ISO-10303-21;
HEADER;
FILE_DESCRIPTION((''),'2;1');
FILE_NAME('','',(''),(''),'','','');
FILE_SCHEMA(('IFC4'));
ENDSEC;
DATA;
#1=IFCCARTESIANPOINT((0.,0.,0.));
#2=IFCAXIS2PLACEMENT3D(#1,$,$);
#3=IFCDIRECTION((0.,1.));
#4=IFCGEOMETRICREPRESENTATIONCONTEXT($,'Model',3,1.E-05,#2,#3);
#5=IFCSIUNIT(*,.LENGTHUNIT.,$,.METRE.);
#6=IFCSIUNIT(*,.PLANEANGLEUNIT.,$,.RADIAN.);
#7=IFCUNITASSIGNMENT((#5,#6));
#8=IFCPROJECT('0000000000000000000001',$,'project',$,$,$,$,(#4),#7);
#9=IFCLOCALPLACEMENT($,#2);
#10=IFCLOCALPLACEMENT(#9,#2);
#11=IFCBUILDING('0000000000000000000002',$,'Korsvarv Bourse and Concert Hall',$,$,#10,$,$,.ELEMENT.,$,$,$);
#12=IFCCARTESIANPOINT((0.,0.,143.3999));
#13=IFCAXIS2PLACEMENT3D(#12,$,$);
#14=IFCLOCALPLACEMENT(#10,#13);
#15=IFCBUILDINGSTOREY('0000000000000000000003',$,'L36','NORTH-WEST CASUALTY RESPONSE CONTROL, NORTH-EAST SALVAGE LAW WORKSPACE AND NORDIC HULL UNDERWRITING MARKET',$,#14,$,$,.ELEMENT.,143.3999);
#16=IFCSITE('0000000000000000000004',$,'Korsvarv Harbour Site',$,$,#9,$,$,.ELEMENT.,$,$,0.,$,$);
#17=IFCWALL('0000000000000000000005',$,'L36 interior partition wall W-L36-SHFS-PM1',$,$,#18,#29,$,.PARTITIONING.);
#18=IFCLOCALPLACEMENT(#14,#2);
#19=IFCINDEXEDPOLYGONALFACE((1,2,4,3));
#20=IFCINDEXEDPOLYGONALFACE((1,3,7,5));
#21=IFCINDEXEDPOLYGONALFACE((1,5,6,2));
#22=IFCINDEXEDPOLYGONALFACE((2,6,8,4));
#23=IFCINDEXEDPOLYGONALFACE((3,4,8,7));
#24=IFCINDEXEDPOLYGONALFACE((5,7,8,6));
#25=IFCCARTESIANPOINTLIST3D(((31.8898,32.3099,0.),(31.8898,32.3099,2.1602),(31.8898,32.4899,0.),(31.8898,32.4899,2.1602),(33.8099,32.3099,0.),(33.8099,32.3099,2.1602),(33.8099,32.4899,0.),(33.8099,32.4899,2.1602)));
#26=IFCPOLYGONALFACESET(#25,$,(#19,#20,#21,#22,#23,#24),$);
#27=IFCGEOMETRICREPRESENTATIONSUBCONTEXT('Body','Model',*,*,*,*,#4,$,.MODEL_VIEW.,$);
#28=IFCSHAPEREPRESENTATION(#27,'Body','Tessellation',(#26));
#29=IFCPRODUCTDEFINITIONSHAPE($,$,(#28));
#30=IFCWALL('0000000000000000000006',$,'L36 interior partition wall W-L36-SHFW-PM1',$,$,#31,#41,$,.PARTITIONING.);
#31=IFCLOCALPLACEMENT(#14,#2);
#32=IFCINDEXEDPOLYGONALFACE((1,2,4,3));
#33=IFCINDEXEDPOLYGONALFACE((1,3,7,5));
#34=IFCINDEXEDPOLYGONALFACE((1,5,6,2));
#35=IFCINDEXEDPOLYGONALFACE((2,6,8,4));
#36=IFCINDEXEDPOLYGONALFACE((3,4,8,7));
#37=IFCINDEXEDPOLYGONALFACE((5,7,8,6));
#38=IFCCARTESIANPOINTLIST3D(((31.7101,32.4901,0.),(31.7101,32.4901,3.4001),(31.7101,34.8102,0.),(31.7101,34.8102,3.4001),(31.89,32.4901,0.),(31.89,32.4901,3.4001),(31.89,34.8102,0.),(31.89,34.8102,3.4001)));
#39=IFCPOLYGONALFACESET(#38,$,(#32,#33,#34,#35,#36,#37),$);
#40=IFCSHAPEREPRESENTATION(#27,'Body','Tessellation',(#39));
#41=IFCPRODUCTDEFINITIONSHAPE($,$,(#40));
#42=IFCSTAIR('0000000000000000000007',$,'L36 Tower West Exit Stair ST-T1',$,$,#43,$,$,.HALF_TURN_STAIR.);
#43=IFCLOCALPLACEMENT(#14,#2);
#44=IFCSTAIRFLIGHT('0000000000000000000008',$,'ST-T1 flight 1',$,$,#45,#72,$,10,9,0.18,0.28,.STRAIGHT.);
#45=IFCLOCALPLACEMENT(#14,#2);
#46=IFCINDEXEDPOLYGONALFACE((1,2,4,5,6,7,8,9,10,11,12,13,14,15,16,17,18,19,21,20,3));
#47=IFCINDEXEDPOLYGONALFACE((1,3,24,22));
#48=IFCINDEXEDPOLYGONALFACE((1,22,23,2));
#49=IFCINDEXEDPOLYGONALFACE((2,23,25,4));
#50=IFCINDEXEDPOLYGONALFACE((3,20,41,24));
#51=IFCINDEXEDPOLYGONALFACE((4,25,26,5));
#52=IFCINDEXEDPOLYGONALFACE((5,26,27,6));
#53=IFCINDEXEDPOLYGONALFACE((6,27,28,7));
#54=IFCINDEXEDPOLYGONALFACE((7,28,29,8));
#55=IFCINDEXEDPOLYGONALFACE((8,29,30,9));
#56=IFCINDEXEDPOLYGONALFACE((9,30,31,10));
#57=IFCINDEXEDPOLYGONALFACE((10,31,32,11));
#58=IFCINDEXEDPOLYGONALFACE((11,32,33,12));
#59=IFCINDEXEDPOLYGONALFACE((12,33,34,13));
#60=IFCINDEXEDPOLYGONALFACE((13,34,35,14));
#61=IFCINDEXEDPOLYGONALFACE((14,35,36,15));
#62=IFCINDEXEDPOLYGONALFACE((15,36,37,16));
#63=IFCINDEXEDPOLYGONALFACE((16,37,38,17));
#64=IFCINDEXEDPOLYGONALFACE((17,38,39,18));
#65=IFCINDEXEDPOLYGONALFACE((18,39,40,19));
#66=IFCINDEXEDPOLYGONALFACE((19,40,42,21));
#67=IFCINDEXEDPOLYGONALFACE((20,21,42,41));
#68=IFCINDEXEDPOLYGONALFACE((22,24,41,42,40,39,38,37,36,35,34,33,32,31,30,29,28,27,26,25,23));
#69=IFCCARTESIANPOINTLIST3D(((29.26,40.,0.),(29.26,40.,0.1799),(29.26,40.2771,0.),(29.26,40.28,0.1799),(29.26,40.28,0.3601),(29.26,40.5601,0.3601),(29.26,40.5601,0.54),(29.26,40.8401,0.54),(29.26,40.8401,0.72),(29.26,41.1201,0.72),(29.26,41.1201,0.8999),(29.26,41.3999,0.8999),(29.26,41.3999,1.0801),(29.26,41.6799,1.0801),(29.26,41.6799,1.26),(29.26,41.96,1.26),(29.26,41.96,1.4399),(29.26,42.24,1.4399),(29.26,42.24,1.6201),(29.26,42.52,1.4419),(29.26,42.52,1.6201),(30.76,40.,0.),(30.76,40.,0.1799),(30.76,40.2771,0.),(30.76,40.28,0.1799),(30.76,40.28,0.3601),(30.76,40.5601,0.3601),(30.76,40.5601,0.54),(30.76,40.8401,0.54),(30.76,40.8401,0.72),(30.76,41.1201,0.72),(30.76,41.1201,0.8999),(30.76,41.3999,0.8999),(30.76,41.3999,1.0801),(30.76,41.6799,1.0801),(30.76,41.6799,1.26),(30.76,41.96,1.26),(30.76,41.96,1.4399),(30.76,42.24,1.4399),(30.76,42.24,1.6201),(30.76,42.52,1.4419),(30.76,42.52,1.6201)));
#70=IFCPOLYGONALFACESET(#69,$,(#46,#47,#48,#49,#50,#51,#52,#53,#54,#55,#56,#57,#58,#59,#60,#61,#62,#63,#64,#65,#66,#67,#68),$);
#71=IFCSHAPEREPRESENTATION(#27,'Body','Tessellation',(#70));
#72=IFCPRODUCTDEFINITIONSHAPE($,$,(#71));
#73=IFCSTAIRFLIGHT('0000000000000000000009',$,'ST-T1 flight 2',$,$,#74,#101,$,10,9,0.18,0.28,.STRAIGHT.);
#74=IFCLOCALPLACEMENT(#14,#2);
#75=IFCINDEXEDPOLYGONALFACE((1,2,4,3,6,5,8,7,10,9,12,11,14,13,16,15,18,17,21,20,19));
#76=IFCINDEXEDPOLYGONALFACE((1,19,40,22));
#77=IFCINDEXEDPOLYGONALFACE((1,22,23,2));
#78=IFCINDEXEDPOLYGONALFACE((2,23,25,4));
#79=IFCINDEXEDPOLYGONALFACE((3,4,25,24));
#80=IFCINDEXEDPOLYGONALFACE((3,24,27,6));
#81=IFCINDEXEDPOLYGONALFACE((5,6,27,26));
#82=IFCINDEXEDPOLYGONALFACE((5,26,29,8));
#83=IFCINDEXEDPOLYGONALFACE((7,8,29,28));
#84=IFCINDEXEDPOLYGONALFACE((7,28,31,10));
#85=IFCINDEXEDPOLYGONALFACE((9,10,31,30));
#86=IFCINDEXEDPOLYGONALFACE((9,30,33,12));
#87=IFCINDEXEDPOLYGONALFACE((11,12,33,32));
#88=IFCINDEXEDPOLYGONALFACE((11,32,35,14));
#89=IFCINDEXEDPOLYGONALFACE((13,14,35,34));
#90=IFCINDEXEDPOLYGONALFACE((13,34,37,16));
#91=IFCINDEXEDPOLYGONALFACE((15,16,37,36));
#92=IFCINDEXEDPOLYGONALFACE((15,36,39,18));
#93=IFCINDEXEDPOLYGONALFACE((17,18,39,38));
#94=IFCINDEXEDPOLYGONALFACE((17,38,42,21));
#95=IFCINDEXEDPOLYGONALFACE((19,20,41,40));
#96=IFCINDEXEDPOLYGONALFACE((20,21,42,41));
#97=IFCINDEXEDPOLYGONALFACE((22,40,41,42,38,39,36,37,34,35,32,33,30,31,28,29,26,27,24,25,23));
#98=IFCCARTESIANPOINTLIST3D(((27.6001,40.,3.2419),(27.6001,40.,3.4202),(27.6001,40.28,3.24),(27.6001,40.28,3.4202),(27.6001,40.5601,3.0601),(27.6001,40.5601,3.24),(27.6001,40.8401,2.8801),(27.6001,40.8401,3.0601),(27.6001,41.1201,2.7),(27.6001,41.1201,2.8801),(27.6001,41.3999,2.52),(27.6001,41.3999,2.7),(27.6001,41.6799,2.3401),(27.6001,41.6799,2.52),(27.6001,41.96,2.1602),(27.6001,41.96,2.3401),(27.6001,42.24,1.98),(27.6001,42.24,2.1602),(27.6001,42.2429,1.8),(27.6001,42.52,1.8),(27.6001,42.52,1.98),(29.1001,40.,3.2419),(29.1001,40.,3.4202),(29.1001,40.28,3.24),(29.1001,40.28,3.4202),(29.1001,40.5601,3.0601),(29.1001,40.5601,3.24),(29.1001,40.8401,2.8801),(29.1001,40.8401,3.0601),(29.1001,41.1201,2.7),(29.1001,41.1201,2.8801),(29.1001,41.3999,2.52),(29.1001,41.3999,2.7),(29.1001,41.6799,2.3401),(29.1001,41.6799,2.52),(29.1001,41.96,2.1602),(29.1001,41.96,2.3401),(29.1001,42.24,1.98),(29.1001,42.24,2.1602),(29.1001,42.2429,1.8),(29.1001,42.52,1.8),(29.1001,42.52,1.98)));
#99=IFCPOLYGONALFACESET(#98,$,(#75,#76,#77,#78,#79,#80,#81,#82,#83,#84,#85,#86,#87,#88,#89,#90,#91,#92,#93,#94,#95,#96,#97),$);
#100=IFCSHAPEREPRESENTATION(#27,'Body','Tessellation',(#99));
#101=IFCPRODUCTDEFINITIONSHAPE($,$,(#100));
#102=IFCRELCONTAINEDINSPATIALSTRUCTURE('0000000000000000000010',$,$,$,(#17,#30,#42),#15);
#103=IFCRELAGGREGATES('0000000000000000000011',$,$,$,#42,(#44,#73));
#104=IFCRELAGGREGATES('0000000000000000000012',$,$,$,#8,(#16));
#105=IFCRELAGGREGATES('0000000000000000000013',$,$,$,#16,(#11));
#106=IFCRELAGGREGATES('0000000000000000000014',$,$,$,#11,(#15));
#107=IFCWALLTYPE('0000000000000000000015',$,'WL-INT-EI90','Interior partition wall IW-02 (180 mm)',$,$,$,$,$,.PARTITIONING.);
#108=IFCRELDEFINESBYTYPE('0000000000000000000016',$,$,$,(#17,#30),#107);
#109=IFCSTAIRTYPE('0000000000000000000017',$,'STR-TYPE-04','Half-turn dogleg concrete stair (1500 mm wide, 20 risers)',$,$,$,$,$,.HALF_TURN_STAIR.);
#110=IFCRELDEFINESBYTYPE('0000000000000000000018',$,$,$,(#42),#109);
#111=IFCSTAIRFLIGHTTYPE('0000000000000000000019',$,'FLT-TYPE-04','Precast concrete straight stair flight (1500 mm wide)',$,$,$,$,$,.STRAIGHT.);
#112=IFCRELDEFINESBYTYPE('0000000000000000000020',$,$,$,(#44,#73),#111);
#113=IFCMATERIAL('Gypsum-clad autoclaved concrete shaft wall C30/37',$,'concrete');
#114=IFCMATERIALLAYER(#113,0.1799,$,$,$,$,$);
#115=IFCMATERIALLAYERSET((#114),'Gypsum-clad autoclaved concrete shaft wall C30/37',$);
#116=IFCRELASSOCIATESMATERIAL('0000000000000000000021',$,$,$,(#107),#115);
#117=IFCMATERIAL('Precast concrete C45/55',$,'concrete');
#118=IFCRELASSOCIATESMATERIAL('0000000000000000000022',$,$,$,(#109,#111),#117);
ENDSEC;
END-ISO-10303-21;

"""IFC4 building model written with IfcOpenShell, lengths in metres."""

from ifc_helpers import new_model, si_unit, direction, frame, frame_2d, origin, place, context, subcontext, project, spatial, polyline, rectangle, outline, extrude, material, layer, layer_set, type_object, element, aggregate, save


model = new_model("IFC4")

# Units and contexts
model_context = context("Model", 3, precision=1e-05, world=origin(), true_north=direction((0.0, 1.0)))
body_context = subcontext(model_context, "Body", "Model", "MODEL_VIEW")
ifc_project = project(units=[si_unit("LENGTHUNIT", "METRE"), si_unit("PLANEANGLEUNIT", "RADIAN")], contexts=[model_context])

# Site, building, storey
site_placement = place(None, origin())
site = spatial("IfcSite", under=ifc_project, at=site_placement, Name="Korsvarv Harbour Site", CompositionType="ELEMENT", RefElevation=0.0)
building_placement = place(site_placement, origin())
building = spatial("IfcBuilding", under=site, at=building_placement, Name="Korsvarv Bourse and Concert Hall", CompositionType="ELEMENT")
storey_placement = place(building_placement, frame((0.0, 0.0, 143.3999)))
storey = spatial("IfcBuildingStorey", under=building, at=storey_placement, Name="L36", Description="NORTH-WEST CASUALTY RESPONSE CONTROL, NORTH-EAST SALVAGE LAW WORKSPACE AND NORDIC HULL UNDERWRITING MARKET", CompositionType="ELEMENT", Elevation=143.3999)

# Shared definitions
ifc_material_1 = material(Name="Gypsum-clad autoclaved concrete shaft wall C30/37", Category="concrete")
ifc_layer_1 = layer(ifc_material_1, 0.1799)
ifc_layer_set_1 = layer_set([ifc_layer_1], Name="Gypsum-clad autoclaved concrete shaft wall C30/37")
wall_type_1 = type_object("IfcWallType", Name="WL-INT-EI90", Description="Interior partition wall IW-02 (180 mm)", PredefinedType="PARTITIONING", material=ifc_layer_set_1)

# Walls
wall_1_placement = place(storey_placement, frame((31.8899, 32.3999, 0.0), z_axis=(0.0, 0.0, 1.0), x_axis=(1.0, 0.0, 0.0)))
element("IfcWall", 1, at=wall_1_placement, inside=storey, type_object=wall_type_1, Name="L36 interior partition wall W-L36-SHFS-PM1", PredefinedType="PARTITIONING", context=body_context, shape_type="SweptSolid", body=[
    extrude(rectangle(XDim=1.9202, YDim=0.1799, at=frame_2d((0.96, 0.0))), origin(), (0.0, 0.0, 1.0), 2.1602),
])
wall_2_placement = place(storey_placement, frame((31.8, 32.49, 0.0), z_axis=(0.0, 0.0, 1.0), x_axis=(0.0, 1.0, 0.0)))
element("IfcWall", 2, at=wall_2_placement, inside=storey, type_object=wall_type_1, Name="L36 interior partition wall W-L36-SHFW-PM1", PredefinedType="PARTITIONING", context=body_context, shape_type="SweptSolid", body=[
    extrude(rectangle(XDim=2.3201, YDim=0.1799, at=frame_2d((1.1602, 0.0))), origin(), (0.0, 0.0, 1.0), 3.4001),
])

# Stair, stair flights
ifc_material_2 = material(Name="Precast concrete C45/55", Category="concrete")
stair_type = type_object("IfcStairType", Name="STR-TYPE-04", Description="Half-turn dogleg concrete stair (1500 mm wide, 20 risers)", PredefinedType="HALF_TURN_STAIR", material=ifc_material_2)
stair_placement = place(storey_placement, origin())
stair = element("IfcStair", 3, at=stair_placement, inside=storey, type_object=stair_type, Name="L36 Tower West Exit Stair ST-T1", PredefinedType="HALF_TURN_STAIR")
stair_flight_type = type_object("IfcStairFlightType", Name="FLT-TYPE-04", Description="Precast concrete straight stair flight (1500 mm wide)", PredefinedType="STRAIGHT", material=ifc_material_2)
stair_flight_1_placement = place(storey_placement, frame((30.01, 40.0, 0.0), z_axis=(0.0, 0.0, 1.0), x_axis=(0.0, 1.0, 0.0)))
stair_flight_1 = element("IfcStairFlight", 4, at=stair_flight_1_placement, type_object=stair_flight_type, Name="ST-T1 flight 1", NumberOfRisers=10, NumberOfTreads=9, PredefinedType="STRAIGHT", RiserHeight=0.18, TreadLength=0.28, context=body_context, shape_type="SweptSolid", body=[
    extrude(outline(polyline([(0.0, 0.0), (0.0, 0.1799), (0.28, 0.1799), (0.28, 0.3601), (0.5601, 0.3601), (0.5601, 0.54), (0.8401, 0.54), (0.8401, 0.72), (1.1201, 0.72), (1.1201, 0.8999), (1.3999, 0.8999), (1.3999, 1.0801), (1.6799, 1.0801), (1.6799, 1.26), (1.96, 1.26), (1.96, 1.4399), (2.24, 1.4399), (2.24, 1.6201), (2.52, 1.6201), (2.52, 1.8), (2.52, 1.4419), (0.2771, 0.0), (0.0, 0.0)])), frame((0.0, 0.75, 0.0), z_axis=(0.0, -1.0, 0.0), x_axis=(1.0, 0.0, 0.0)), (0.0, 0.0, 1.0), 1.5),
])
stair_flight_2_placement = place(storey_placement, frame((28.3501, 42.52, 1.8), z_axis=(0.0, 0.0, 1.0), x_axis=(0.0, -1.0, 0.0)))
stair_flight_2 = element("IfcStairFlight", 5, at=stair_flight_2_placement, type_object=stair_flight_type, Name="ST-T1 flight 2", NumberOfRisers=10, NumberOfTreads=9, PredefinedType="STRAIGHT", RiserHeight=0.18, TreadLength=0.28, context=body_context, shape_type="SweptSolid", body=[
    extrude(outline(polyline([(0.0, 0.0), (0.0, 0.1799), (0.28, 0.1799), (0.28, 0.3601), (0.5601, 0.3601), (0.5601, 0.54), (0.8401, 0.54), (0.8401, 0.72), (1.1201, 0.72), (1.1201, 0.8999), (1.3999, 0.8999), (1.3999, 1.0801), (1.6799, 1.0801), (1.6799, 1.26), (1.96, 1.26), (1.96, 1.4399), (2.24, 1.4399), (2.24, 1.6201), (2.52, 1.6201), (2.52, 1.8), (2.52, 1.4419), (0.2771, 0.0), (0.0, 0.0)])), frame((0.0, 0.75, 0.0), z_axis=(0.0, -1.0, 0.0), x_axis=(1.0, 0.0, 0.0)), (0.0, 0.0, 1.0), 1.5),
])
aggregate(stair, [stair_flight_1, stair_flight_2])

save(model, "model.ifc")
